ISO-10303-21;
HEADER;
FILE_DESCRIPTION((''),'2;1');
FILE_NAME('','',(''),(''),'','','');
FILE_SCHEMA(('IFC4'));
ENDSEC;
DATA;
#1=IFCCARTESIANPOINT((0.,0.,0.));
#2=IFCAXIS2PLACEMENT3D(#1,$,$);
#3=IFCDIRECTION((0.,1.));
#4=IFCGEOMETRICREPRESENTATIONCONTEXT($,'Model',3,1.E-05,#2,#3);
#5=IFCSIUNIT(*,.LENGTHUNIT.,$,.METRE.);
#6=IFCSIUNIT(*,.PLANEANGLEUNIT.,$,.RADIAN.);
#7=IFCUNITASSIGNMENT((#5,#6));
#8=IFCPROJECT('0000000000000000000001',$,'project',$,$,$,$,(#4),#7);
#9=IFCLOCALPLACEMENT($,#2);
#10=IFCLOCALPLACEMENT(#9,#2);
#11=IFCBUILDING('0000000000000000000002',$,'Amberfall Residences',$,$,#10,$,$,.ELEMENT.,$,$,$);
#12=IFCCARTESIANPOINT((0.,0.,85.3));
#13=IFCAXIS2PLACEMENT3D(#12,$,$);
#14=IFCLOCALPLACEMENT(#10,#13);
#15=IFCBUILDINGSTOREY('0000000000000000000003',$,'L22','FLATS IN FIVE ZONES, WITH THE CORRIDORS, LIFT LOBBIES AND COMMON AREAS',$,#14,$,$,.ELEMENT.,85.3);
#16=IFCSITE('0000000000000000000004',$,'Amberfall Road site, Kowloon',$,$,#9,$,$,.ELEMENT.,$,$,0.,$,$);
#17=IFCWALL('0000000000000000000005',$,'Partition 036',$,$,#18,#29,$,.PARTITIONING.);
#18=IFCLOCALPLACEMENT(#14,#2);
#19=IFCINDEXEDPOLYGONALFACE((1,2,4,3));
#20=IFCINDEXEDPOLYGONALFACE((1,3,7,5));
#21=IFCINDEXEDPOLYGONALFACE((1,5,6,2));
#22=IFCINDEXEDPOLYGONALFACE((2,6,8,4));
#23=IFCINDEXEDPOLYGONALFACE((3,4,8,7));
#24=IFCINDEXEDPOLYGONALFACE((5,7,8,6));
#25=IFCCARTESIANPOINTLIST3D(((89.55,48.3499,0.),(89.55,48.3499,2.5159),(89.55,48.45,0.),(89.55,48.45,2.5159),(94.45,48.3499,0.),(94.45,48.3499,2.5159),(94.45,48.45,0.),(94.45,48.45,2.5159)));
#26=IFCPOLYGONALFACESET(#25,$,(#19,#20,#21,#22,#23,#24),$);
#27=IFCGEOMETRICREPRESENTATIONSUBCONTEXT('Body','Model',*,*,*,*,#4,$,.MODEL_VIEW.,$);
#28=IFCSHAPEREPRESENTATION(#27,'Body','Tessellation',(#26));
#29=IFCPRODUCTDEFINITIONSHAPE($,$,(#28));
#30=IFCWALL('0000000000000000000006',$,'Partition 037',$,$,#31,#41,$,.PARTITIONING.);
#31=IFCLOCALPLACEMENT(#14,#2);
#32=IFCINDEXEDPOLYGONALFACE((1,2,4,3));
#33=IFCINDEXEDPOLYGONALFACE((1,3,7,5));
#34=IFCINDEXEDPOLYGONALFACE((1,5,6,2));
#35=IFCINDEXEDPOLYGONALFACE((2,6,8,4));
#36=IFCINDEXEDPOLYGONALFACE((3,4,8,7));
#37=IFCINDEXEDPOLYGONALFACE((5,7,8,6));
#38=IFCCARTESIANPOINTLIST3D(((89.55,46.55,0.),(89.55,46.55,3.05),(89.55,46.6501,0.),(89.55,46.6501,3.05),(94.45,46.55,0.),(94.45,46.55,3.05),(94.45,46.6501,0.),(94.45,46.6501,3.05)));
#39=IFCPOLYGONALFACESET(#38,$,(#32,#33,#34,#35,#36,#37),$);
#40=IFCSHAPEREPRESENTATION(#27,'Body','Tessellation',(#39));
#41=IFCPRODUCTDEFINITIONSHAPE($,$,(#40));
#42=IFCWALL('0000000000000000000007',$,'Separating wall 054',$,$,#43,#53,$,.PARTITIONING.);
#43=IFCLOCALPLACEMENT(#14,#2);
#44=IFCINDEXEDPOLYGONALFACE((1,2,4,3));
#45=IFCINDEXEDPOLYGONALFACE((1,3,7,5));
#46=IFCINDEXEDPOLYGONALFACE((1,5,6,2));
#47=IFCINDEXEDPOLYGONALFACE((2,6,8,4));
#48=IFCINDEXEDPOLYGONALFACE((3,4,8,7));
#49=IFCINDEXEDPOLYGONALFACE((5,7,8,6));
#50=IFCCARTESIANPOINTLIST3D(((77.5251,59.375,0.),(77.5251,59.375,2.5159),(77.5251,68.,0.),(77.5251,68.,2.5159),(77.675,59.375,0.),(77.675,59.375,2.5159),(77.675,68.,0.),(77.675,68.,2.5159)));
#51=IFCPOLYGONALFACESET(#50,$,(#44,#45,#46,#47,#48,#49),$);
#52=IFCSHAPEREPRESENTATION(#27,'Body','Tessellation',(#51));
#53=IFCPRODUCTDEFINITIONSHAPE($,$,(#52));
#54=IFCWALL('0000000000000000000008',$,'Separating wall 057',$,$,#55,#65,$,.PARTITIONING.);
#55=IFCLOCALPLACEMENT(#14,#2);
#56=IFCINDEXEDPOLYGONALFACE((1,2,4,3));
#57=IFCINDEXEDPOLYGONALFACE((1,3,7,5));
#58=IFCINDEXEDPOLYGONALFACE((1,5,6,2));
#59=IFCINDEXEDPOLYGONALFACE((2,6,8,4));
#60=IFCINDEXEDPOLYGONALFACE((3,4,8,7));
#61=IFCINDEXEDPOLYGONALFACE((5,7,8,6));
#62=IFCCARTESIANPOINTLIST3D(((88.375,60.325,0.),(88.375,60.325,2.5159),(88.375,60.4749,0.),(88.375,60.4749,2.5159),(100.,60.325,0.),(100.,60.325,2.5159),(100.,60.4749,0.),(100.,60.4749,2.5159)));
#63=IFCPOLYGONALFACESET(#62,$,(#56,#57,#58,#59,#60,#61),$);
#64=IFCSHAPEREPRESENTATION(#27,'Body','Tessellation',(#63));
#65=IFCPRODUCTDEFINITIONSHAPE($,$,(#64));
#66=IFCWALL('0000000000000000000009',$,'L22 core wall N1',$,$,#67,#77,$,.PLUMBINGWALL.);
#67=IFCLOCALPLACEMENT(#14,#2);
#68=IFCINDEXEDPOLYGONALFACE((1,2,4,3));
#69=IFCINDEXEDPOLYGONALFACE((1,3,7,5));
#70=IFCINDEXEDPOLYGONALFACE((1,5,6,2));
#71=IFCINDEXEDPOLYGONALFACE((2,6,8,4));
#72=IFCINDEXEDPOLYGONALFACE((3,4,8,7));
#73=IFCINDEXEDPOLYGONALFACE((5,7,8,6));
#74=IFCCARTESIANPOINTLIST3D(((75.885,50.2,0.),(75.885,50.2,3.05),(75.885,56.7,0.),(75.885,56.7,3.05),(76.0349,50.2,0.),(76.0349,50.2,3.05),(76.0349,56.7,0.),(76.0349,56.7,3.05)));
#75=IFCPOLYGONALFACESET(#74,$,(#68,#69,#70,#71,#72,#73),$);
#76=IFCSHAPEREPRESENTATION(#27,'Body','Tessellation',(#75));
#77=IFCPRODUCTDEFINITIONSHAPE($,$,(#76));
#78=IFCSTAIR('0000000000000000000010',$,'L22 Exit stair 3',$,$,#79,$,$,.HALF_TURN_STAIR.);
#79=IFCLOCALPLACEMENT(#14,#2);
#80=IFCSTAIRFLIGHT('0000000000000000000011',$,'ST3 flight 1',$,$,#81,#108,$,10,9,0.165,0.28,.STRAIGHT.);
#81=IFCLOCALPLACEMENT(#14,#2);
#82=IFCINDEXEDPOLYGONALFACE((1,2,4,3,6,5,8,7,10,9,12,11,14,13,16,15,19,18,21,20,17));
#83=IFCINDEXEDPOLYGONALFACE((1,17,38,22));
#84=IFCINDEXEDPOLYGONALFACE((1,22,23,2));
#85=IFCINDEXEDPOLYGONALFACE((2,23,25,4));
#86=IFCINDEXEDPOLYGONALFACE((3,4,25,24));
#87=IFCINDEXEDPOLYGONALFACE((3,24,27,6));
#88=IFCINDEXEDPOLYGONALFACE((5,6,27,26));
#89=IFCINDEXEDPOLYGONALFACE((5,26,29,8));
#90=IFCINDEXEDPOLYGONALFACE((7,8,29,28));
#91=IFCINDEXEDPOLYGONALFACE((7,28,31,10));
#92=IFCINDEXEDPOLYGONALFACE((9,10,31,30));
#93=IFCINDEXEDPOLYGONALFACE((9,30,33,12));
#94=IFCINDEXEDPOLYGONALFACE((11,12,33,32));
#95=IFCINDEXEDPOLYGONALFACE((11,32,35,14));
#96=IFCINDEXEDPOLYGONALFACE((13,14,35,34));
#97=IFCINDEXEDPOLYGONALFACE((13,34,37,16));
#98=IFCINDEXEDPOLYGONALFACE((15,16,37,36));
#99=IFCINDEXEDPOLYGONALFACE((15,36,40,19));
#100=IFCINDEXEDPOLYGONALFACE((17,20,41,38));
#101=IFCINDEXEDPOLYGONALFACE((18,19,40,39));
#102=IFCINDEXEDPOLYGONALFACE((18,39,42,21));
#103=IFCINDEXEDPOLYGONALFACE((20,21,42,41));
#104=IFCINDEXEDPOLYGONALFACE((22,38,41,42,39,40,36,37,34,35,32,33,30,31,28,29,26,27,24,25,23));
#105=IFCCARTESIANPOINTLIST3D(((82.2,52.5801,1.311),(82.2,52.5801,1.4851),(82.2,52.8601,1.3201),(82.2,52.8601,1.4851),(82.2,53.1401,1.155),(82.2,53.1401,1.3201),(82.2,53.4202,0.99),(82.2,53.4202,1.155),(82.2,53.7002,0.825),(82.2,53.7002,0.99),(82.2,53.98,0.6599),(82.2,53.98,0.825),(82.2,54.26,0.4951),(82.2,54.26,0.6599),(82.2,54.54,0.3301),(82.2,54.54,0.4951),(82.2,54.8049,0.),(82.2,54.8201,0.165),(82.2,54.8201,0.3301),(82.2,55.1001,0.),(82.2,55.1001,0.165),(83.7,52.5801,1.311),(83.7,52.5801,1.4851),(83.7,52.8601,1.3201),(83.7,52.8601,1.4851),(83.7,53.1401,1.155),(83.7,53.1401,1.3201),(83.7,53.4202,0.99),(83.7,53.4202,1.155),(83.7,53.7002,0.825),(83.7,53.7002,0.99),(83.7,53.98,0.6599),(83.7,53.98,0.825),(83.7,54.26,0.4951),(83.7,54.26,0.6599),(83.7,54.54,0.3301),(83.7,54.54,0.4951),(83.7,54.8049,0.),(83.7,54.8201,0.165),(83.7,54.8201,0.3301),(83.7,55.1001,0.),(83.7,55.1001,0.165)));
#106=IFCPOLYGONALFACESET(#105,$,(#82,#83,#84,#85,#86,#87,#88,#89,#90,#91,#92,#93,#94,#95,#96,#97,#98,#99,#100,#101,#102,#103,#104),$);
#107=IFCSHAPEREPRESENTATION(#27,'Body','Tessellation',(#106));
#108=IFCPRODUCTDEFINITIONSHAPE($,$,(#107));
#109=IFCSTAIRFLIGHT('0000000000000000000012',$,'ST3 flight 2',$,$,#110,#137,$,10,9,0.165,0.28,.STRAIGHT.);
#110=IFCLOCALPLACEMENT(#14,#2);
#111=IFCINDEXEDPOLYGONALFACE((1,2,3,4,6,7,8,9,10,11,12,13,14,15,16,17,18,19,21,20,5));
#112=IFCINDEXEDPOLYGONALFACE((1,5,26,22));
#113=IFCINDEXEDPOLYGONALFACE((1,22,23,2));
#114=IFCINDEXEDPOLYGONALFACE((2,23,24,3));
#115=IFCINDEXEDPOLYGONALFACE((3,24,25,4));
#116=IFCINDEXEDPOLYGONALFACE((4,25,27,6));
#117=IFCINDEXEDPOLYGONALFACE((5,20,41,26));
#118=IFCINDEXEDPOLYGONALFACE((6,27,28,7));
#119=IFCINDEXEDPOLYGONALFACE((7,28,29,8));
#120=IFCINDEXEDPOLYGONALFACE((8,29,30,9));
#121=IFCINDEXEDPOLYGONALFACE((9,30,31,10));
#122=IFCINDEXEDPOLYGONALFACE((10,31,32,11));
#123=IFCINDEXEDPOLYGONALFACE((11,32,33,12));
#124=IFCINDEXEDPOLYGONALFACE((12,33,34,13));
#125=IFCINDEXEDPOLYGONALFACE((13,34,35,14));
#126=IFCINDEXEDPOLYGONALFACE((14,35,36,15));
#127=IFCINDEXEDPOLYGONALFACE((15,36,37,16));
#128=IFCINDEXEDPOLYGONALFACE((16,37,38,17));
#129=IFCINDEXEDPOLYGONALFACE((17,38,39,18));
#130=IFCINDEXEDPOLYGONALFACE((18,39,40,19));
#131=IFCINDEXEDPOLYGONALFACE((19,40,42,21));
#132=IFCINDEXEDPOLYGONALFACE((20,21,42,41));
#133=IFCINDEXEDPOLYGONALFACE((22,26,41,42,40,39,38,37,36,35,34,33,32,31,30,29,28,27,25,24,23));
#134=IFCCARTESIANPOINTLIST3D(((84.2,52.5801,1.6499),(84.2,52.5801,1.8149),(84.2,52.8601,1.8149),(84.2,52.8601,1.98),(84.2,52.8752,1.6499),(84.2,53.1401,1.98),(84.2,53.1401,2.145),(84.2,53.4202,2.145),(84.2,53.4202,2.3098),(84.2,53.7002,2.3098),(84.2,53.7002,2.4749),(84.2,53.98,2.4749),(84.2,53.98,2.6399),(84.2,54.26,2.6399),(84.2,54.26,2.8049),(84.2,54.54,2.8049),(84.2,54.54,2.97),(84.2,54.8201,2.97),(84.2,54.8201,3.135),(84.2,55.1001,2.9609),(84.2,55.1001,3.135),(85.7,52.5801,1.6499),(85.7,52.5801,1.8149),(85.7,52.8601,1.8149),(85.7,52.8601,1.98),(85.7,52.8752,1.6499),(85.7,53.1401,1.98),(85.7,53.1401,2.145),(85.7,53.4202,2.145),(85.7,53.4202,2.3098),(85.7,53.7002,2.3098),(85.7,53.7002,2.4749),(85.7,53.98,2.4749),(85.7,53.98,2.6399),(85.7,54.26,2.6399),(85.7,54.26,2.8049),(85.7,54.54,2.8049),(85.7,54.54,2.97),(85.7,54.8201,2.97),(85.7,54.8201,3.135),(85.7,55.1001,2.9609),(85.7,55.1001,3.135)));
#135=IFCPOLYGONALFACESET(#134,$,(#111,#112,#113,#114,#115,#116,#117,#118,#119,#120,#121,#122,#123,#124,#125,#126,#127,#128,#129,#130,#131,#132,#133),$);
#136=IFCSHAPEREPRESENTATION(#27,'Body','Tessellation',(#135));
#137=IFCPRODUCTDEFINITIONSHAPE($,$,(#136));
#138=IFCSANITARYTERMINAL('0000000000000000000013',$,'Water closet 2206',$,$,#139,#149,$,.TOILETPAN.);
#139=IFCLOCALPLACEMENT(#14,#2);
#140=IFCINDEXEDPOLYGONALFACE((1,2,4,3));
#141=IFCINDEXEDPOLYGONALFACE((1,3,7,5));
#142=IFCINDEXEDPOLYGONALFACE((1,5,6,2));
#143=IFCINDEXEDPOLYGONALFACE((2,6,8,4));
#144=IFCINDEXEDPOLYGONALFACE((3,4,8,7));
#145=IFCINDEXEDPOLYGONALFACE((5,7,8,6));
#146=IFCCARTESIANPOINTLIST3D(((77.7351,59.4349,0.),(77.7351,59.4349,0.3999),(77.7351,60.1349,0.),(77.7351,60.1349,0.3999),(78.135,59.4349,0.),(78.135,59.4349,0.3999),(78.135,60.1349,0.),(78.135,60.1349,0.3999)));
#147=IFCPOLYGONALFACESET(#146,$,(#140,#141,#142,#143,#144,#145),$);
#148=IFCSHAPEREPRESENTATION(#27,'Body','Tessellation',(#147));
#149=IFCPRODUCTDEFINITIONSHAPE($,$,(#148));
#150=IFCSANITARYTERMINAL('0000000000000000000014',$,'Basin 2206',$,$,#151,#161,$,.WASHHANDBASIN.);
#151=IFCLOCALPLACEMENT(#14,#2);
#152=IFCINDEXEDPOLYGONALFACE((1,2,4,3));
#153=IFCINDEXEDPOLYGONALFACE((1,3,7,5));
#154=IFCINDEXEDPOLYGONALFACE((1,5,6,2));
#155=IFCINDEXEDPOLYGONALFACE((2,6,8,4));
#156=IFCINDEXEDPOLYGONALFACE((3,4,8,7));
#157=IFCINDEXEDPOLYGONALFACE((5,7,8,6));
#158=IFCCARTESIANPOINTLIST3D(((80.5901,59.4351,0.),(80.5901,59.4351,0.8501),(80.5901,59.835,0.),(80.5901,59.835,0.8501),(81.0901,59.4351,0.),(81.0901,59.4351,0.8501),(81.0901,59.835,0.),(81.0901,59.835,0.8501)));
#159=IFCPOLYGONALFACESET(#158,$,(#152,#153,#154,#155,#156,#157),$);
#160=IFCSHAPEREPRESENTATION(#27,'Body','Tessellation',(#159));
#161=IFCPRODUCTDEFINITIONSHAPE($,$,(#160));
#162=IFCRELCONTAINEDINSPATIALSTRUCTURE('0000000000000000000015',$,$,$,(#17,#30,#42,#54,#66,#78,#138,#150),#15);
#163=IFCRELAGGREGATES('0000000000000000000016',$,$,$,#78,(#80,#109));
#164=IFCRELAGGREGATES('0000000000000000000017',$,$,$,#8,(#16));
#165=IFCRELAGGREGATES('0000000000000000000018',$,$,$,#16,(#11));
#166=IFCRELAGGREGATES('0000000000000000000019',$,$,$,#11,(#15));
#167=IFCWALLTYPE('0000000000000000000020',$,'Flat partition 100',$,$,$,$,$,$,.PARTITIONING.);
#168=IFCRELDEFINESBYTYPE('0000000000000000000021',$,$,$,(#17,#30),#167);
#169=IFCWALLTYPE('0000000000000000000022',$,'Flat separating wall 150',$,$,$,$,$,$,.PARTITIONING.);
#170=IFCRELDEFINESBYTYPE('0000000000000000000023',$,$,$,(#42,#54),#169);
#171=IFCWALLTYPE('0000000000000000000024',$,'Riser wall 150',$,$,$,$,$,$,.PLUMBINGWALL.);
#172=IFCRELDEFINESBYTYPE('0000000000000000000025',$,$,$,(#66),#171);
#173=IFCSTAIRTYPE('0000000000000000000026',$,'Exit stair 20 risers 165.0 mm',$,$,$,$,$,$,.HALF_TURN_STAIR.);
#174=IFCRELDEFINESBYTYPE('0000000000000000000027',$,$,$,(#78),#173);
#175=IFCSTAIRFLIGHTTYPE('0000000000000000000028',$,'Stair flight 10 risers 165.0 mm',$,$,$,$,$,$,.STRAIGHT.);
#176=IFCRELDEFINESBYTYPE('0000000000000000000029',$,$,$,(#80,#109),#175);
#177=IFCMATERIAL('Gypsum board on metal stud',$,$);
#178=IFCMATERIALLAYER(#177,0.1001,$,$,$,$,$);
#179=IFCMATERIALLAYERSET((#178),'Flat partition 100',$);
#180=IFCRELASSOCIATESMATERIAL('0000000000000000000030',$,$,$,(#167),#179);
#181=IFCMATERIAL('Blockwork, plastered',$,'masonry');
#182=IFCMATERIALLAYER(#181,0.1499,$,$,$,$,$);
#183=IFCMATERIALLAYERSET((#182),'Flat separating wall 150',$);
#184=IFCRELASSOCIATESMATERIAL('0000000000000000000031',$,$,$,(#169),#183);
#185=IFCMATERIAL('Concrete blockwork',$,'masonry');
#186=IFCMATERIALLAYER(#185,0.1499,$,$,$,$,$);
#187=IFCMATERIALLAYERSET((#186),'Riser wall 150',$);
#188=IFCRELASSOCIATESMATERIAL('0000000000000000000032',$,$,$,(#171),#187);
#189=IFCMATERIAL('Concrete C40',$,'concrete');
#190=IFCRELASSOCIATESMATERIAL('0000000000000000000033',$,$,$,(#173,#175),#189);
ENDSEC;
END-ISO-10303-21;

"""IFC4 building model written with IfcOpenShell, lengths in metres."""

from ifc_helpers import new_model, si_unit, direction, frame, frame_2d, origin, origin_2d, place, context, subcontext, project, spatial, polyline, rectangle, outline, extrude, material, layer, layer_set, type_object, element, aggregate, save


model = new_model("IFC4")

# Units and contexts
model_context = context("Model", 3, precision=1e-05, world=origin(), true_north=direction((0.0, 1.0)))
body_context = subcontext(model_context, "Body", "Model", "MODEL_VIEW")
ifc_project = project(units=[si_unit("LENGTHUNIT", "METRE"), si_unit("PLANEANGLEUNIT", "RADIAN")], contexts=[model_context])

# Site, building, storey
site_placement = place(None, origin())
site = spatial("IfcSite", under=ifc_project, at=site_placement, Name="Amberfall Road site, Kowloon", CompositionType="ELEMENT", RefElevation=0.0)
building_placement = place(site_placement, origin())
building = spatial("IfcBuilding", under=site, at=building_placement, Name="Amberfall Residences", CompositionType="ELEMENT")
storey_placement = place(building_placement, frame((0.0, 0.0, 85.3)))
storey = spatial("IfcBuildingStorey", under=building, at=storey_placement, Name="L22", Description="FLATS IN FIVE ZONES, WITH THE CORRIDORS, LIFT LOBBIES AND COMMON AREAS", CompositionType="ELEMENT", Elevation=85.3)

# Shared definitions
ifc_material_1 = material(Name="Gypsum board on metal stud")
ifc_layer_1 = layer(ifc_material_1, 0.1001)
ifc_layer_set_1 = layer_set([ifc_layer_1], Name="Flat partition 100")
wall_type_1 = type_object("IfcWallType", Name="Flat partition 100", PredefinedType="PARTITIONING", material=ifc_layer_set_1)

# Walls
wall_1_placement = place(storey_placement, frame((89.55, 48.3999, 0.0), z_axis=(0.0, 0.0, 1.0), x_axis=(1.0, 0.0, 0.0)))
element("IfcWall", 1, at=wall_1_placement, inside=storey, type_object=wall_type_1, Name="Partition 036", PredefinedType="PARTITIONING", context=body_context, shape_type="SweptSolid", body=[
    extrude(rectangle(XDim=4.8999, YDim=0.1001, at=frame_2d((2.45, 0.0))), origin(), (0.0, 0.0, 1.0), 2.5159),
])
wall_2_placement = place(storey_placement, frame((89.55, 46.6001, 0.0), z_axis=(0.0, 0.0, 1.0), x_axis=(1.0, 0.0, 0.0)))
element("IfcWall", 2, at=wall_2_placement, inside=storey, type_object=wall_type_1, Name="Partition 037", PredefinedType="PARTITIONING", context=body_context, shape_type="SweptSolid", body=[
    extrude(rectangle(XDim=4.8999, YDim=0.1001, at=frame_2d((2.45, 0.0))), origin(), (0.0, 0.0, 1.0), 3.05),
])
ifc_material_2 = material(Name="Blockwork, plastered", Category="masonry")
ifc_layer_2 = layer(ifc_material_2, 0.1499)
ifc_layer_set_2 = layer_set([ifc_layer_2], Name="Flat separating wall 150")
wall_type_2 = type_object("IfcWallType", Name="Flat separating wall 150", PredefinedType="PARTITIONING", material=ifc_layer_set_2)
wall_3_placement = place(storey_placement, frame((77.6001, 59.375, 0.0), z_axis=(0.0, 0.0, 1.0), x_axis=(0.0, 1.0, 0.0)))
element("IfcWall", 3, at=wall_3_placement, inside=storey, type_object=wall_type_2, Name="Separating wall 054", PredefinedType="PARTITIONING", context=body_context, shape_type="SweptSolid", body=[
    extrude(rectangle(XDim=8.625, YDim=0.1499, at=frame_2d((4.3125, 0.0))), origin(), (0.0, 0.0, 1.0), 2.5159),
])
wall_4_placement = place(storey_placement, frame((88.375, 60.3999, 0.0), z_axis=(0.0, 0.0, 1.0), x_axis=(1.0, 0.0, 0.0)))
element("IfcWall", 4, at=wall_4_placement, inside=storey, type_object=wall_type_2, Name="Separating wall 057", PredefinedType="PARTITIONING", context=body_context, shape_type="SweptSolid", body=[
    extrude(rectangle(XDim=11.625, YDim=0.1499, at=frame_2d((5.8125, 0.0))), origin(), (0.0, 0.0, 1.0), 2.5159),
])
ifc_material_3 = material(Name="Concrete blockwork", Category="masonry")
ifc_layer_3 = layer(ifc_material_3, 0.1499)
ifc_layer_set_3 = layer_set([ifc_layer_3], Name="Riser wall 150")
wall_type_3 = type_object("IfcWallType", Name="Riser wall 150", PredefinedType="PLUMBINGWALL", material=ifc_layer_set_3)
wall_5_placement = place(storey_placement, frame((75.96, 50.2, 0.0), z_axis=(0.0, 0.0, 1.0), x_axis=(0.0, 1.0, 0.0)))
element("IfcWall", 5, at=wall_5_placement, inside=storey, type_object=wall_type_3, Name="L22 core wall N1", PredefinedType="PLUMBINGWALL", context=body_context, shape_type="SweptSolid", body=[
    extrude(rectangle(XDim=6.5, YDim=0.1499, at=frame_2d((3.25, 0.0))), origin(), (0.0, 0.0, 1.0), 3.05),
])

# Stair, stair flights
ifc_material_4 = material(Name="Concrete C40", Category="concrete")
stair_type = type_object("IfcStairType", Name="Exit stair 20 risers 165.0 mm", PredefinedType="HALF_TURN_STAIR", material=ifc_material_4)
stair_placement = place(storey_placement, origin())
stair = element("IfcStair", 6, at=stair_placement, inside=storey, type_object=stair_type, Name="L22 Exit stair 3", PredefinedType="HALF_TURN_STAIR")
stair_flight_type = type_object("IfcStairFlightType", Name="Stair flight 10 risers 165.0 mm", PredefinedType="STRAIGHT", material=ifc_material_4)
stair_flight_1_placement = place(storey_placement, frame((82.95, 55.1001, 0.0), z_axis=(0.0, 0.0, 1.0), x_axis=(0.0, -1.0, 0.0)))
stair_flight_1 = element("IfcStairFlight", 7, at=stair_flight_1_placement, type_object=stair_flight_type, Name="ST3 flight 1", NumberOfRisers=10, NumberOfTreads=9, PredefinedType="STRAIGHT", RiserHeight=0.165, TreadLength=0.28, context=body_context, shape_type="SweptSolid", body=[
    extrude(outline(polyline([(0.0, 0.0), (0.0, 0.165), (0.28, 0.165), (0.28, 0.3301), (0.5601, 0.3301), (0.5601, 0.4951), (0.8401, 0.4951), (0.8401, 0.6599), (1.1201, 0.6599), (1.1201, 0.825), (1.3999, 0.825), (1.3999, 0.99), (1.6799, 0.99), (1.6799, 1.155), (1.96, 1.155), (1.96, 1.3201), (2.24, 1.3201), (2.24, 1.4851), (2.52, 1.4851), (2.52, 1.6499), (2.52, 1.311), (0.2952, 0.0), (0.0, 0.0)])), frame((0.0, 0.75, 0.0), z_axis=(0.0, -1.0, 0.0), x_axis=(1.0, 0.0, 0.0)), (0.0, 0.0, 1.0), 1.5),
])
stair_flight_2_placement = place(storey_placement, frame((84.95, 52.5801, 1.6499), z_axis=(0.0, 0.0, 1.0), x_axis=(0.0, 1.0, 0.0)))
stair_flight_2 = element("IfcStairFlight", 8, at=stair_flight_2_placement, type_object=stair_flight_type, Name="ST3 flight 2", NumberOfRisers=10, NumberOfTreads=9, PredefinedType="STRAIGHT", RiserHeight=0.165, TreadLength=0.28, context=body_context, shape_type="SweptSolid", body=[
    extrude(outline(polyline([(0.0, 0.0), (0.0, 0.165), (0.28, 0.165), (0.28, 0.3301), (0.5601, 0.3301), (0.5601, 0.4951), (0.8401, 0.4951), (0.8401, 0.6599), (1.1201, 0.6599), (1.1201, 0.825), (1.3999, 0.825), (1.3999, 0.99), (1.6799, 0.99), (1.6799, 1.155), (1.96, 1.155), (1.96, 1.3201), (2.24, 1.3201), (2.24, 1.4851), (2.52, 1.4851), (2.52, 1.6499), (2.52, 1.311), (0.2952, 0.0), (0.0, 0.0)])), frame((0.0, 0.75, 0.0), z_axis=(0.0, -1.0, 0.0), x_axis=(1.0, 0.0, 0.0)), (0.0, 0.0, 1.0), 1.5),
])
aggregate(stair, [stair_flight_1, stair_flight_2])

# Sanitary terminals
sanitary_terminal_1_placement = place(storey_placement, frame((77.9351, 59.7849, 0.0), z_axis=(0.0, 0.0, 1.0), x_axis=(1.0, 0.0, 0.0)))
element("IfcSanitaryTerminal", 9, at=sanitary_terminal_1_placement, inside=storey, Name="Water closet 2206", PredefinedType="TOILETPAN", context=body_context, shape_type="SweptSolid", body=[
    extrude(rectangle(XDim=0.3999, YDim=0.7, at=origin_2d()), origin(), (0.0, 0.0, 1.0), 0.3999),
])
sanitary_terminal_2_placement = place(storey_placement, frame((80.8401, 59.635, 0.0), z_axis=(0.0, 0.0, 1.0), x_axis=(1.0, 0.0, 0.0)))
element("IfcSanitaryTerminal", 10, at=sanitary_terminal_2_placement, inside=storey, Name="Basin 2206", PredefinedType="WASHHANDBASIN", context=body_context, shape_type="SweptSolid", body=[
    extrude(rectangle(XDim=0.5, YDim=0.3999, at=origin_2d()), origin(), (0.0, 0.0, 1.0), 0.8501),
])

save(model, "model.ifc")
